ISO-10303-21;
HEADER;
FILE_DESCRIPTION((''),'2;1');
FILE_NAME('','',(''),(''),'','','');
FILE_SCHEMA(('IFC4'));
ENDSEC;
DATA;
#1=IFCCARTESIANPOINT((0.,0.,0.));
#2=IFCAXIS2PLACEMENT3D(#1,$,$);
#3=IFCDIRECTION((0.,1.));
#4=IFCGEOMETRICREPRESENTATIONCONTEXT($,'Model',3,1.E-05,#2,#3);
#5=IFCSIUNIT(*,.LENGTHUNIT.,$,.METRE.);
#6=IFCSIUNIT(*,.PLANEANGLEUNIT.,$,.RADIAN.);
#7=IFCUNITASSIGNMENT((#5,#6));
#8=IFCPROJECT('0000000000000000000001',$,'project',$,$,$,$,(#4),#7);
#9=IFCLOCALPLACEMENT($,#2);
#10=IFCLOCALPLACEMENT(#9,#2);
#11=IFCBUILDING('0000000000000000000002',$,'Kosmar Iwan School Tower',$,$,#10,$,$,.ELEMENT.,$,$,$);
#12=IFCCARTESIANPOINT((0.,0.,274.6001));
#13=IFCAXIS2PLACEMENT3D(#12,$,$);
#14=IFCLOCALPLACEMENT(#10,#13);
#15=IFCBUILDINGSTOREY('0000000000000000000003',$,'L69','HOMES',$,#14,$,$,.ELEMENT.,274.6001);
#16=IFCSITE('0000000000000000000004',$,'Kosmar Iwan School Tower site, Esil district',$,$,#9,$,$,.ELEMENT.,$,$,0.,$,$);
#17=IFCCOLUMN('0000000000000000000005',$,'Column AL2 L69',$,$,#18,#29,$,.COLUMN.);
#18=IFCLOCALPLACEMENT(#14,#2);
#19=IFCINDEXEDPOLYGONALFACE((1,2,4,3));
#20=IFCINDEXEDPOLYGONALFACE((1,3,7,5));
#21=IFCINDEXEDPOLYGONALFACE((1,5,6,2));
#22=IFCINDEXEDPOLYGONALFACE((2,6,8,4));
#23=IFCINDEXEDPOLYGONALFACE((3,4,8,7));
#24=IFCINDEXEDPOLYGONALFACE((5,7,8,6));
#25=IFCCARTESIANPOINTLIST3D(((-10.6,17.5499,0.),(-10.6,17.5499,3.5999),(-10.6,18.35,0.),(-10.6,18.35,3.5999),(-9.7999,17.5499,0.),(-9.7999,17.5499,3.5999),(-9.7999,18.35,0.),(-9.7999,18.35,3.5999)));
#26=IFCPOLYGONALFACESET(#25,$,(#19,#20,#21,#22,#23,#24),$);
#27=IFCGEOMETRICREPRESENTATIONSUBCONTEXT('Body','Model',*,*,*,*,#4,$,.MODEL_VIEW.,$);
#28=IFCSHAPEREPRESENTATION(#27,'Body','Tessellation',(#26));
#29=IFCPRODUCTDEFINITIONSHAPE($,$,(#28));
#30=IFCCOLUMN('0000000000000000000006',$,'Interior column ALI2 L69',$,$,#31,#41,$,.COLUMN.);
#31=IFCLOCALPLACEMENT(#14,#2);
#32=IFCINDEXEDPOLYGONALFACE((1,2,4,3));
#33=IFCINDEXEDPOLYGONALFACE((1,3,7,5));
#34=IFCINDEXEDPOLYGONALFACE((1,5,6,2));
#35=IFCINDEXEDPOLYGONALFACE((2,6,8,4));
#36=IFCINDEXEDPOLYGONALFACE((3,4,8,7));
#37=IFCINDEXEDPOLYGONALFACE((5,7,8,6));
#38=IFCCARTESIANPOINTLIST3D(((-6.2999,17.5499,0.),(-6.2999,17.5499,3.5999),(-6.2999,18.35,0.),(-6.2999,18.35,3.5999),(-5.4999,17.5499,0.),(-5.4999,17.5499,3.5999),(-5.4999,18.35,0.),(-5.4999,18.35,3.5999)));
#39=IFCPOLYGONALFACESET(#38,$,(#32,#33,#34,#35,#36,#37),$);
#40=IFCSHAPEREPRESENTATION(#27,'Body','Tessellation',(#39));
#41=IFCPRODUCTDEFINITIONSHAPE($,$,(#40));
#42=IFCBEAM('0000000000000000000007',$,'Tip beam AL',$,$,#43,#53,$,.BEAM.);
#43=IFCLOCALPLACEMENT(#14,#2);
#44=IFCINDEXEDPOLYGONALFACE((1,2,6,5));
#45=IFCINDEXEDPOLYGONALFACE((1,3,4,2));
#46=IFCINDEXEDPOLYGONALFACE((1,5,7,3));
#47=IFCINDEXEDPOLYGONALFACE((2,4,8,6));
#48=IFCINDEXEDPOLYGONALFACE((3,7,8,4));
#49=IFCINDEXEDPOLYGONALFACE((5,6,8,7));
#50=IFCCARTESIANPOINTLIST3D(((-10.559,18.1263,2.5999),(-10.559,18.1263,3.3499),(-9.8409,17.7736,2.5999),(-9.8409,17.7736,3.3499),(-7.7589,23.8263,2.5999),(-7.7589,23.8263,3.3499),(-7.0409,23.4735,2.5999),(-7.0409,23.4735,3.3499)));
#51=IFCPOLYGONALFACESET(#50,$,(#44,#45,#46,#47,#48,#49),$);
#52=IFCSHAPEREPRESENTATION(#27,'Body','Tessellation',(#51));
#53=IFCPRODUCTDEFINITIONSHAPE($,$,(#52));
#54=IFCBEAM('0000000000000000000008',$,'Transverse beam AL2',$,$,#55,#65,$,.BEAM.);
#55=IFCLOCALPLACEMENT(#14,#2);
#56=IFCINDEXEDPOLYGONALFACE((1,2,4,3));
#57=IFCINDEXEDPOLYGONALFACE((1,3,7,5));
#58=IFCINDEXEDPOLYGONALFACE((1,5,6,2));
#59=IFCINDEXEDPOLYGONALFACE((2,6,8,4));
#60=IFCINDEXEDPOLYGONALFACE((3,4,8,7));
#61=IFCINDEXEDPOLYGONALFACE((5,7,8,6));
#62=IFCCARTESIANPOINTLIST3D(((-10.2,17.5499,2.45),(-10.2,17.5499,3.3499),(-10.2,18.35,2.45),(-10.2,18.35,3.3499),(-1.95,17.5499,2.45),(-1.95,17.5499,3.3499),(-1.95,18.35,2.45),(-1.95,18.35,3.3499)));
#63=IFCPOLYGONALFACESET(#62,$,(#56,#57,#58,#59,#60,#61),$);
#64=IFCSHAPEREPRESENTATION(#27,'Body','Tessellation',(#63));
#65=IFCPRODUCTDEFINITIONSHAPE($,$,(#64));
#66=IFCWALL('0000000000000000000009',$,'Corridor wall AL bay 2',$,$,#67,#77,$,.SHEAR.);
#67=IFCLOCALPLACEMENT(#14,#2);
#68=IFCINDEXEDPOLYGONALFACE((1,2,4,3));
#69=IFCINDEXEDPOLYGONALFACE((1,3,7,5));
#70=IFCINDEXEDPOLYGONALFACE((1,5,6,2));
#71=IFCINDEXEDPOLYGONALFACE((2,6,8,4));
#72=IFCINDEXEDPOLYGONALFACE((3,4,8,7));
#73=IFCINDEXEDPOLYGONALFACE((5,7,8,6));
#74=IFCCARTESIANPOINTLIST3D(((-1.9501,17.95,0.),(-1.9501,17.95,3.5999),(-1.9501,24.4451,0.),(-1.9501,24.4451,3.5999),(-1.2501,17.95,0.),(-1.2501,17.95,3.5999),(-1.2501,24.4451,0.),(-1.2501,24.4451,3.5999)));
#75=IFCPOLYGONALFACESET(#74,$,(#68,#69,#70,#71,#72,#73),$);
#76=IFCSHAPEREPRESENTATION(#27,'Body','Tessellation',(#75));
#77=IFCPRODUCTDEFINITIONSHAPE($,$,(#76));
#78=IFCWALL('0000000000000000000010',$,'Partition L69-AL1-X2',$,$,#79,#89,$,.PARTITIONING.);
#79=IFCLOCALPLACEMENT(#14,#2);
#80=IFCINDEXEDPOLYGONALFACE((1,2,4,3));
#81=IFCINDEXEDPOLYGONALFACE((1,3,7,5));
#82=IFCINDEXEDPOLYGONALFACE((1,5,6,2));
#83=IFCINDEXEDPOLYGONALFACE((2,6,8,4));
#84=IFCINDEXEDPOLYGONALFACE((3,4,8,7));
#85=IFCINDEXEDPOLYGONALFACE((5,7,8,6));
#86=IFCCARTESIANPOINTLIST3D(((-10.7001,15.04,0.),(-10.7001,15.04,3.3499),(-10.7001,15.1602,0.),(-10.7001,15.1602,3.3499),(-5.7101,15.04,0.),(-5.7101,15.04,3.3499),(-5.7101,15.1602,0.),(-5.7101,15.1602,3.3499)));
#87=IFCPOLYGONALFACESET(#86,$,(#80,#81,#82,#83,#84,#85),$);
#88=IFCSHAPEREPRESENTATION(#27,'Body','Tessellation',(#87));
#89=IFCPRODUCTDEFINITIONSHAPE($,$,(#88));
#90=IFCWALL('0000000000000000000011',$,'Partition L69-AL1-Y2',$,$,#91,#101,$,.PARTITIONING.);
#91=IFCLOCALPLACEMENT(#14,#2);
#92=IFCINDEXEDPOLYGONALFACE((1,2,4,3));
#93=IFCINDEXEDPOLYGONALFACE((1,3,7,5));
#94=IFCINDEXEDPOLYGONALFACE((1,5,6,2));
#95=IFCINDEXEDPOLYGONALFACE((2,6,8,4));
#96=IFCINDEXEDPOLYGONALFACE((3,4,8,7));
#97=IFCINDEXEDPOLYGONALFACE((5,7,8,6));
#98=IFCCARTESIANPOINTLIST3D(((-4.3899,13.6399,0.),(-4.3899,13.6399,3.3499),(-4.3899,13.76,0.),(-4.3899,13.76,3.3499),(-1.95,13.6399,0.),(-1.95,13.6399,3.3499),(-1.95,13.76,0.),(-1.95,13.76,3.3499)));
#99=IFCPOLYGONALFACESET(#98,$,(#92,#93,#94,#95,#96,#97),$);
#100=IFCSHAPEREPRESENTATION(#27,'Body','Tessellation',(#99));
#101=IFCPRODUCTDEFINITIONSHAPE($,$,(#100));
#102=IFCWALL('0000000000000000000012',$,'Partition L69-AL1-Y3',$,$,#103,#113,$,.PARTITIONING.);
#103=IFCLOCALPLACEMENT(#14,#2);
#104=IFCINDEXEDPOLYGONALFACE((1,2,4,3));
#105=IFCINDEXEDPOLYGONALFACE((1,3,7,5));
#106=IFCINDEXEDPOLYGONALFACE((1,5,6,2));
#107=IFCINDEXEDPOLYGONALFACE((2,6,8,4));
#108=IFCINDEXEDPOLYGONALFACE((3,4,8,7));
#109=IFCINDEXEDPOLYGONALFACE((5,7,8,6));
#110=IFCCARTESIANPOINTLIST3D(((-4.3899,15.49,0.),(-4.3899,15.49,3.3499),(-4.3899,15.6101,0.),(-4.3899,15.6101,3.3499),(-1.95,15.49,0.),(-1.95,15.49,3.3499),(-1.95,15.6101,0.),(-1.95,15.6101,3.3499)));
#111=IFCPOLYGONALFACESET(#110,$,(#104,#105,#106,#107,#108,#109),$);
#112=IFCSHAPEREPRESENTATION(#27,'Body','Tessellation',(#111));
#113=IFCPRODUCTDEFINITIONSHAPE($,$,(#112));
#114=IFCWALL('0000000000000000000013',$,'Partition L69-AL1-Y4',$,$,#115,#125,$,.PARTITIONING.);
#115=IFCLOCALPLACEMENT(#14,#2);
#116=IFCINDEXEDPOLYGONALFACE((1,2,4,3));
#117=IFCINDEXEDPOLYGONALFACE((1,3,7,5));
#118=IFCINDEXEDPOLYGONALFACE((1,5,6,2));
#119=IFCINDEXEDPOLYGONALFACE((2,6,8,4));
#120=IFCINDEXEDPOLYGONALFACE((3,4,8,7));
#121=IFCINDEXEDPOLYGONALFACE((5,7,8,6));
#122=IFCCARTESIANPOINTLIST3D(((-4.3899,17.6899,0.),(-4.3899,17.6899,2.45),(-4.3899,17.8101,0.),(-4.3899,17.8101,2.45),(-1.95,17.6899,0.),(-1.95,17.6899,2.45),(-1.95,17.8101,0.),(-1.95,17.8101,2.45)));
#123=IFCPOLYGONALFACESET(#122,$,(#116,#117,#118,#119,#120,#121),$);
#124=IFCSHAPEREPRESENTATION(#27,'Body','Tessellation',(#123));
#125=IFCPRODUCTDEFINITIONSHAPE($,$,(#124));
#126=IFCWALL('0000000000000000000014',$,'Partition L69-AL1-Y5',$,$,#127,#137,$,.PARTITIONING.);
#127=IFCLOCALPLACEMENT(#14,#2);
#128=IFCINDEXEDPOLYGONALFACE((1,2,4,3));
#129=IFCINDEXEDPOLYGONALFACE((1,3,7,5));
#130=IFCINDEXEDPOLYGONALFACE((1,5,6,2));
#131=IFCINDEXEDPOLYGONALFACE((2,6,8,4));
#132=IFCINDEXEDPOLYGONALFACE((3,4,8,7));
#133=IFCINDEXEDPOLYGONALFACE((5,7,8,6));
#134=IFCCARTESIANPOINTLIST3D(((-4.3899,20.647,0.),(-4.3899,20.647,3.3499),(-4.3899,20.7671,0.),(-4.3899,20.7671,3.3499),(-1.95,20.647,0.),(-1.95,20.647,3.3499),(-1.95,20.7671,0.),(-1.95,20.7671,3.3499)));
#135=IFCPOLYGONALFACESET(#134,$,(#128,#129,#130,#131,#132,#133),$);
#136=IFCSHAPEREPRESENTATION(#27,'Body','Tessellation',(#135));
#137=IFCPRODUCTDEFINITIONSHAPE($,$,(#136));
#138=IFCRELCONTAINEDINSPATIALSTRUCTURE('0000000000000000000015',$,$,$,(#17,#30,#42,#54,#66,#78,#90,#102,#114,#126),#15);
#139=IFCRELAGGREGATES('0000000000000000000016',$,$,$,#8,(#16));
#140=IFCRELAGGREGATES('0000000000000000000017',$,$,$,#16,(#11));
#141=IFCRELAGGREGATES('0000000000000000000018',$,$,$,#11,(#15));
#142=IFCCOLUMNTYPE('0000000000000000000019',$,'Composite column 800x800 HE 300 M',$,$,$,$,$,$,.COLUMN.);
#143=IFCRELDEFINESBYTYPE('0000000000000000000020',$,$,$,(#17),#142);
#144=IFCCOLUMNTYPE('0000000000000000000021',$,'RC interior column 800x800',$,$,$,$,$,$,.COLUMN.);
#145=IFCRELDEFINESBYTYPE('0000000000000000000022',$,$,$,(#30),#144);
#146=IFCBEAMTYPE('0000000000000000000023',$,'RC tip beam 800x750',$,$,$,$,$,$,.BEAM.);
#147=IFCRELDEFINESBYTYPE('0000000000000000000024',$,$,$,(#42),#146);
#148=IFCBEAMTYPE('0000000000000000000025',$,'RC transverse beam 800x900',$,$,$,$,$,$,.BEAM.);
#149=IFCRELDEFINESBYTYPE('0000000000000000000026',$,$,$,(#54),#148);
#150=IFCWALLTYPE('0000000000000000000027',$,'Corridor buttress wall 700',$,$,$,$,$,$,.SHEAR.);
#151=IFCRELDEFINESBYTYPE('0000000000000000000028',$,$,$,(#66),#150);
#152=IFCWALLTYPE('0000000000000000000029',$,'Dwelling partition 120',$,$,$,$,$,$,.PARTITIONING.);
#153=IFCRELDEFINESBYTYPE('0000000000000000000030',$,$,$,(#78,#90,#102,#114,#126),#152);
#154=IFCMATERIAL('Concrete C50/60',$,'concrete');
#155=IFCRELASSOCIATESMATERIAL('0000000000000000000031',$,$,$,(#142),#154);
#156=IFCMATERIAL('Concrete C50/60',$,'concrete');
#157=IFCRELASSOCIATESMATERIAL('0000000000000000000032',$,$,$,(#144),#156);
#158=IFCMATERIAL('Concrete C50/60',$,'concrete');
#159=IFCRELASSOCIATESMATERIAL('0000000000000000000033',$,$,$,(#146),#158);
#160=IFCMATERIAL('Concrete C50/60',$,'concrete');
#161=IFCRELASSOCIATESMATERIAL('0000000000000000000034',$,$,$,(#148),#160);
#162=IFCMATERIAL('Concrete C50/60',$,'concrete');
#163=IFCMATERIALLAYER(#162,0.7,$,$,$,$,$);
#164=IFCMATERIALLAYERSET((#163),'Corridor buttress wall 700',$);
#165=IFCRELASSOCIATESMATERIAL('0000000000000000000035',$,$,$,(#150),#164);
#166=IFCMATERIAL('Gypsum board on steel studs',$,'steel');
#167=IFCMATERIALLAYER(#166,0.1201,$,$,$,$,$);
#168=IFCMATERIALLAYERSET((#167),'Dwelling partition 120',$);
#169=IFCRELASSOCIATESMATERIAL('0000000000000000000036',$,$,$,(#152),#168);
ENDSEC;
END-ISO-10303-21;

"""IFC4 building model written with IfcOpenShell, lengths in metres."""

from ifc_helpers import new_model, si_unit, direction, frame, frame_2d, origin, origin_2d, place, context, subcontext, project, spatial, rectangle, extrude, material, layer, layer_set, material_profile, profile_set, type_object, element, save


model = new_model("IFC4")

# Units and contexts
model_context = context("Model", 3, precision=1e-05, world=origin(), true_north=direction((0.0, 1.0)))
body_context = subcontext(model_context, "Body", "Model", "MODEL_VIEW")
ifc_project = project(units=[si_unit("LENGTHUNIT", "METRE"), si_unit("PLANEANGLEUNIT", "RADIAN")], contexts=[model_context])

# Site, building, storey
site_placement = place(None, origin())
site = spatial("IfcSite", under=ifc_project, at=site_placement, Name="Kosmar Iwan School Tower site, Esil district", CompositionType="ELEMENT", RefElevation=0.0)
building_placement = place(site_placement, origin())
building = spatial("IfcBuilding", under=site, at=building_placement, Name="Kosmar Iwan School Tower", CompositionType="ELEMENT")
storey_placement = place(building_placement, frame((0.0, 0.0, 274.6001)))
storey = spatial("IfcBuildingStorey", under=building, at=storey_placement, Name="L69", Description="HOMES", CompositionType="ELEMENT", Elevation=274.6001)

# Columns
ifc_material_1 = material(Name="Concrete C50/60", Category="concrete")
ifc_material_profile_1 = material_profile(ifc_material_1, rectangle(XDim=0.8, YDim=0.8, at=origin_2d()), Name="RC 800x800 + HE 300 M")
ifc_profile_set_1 = profile_set([ifc_material_profile_1], Name="Concrete C50/60")
column_type_1 = type_object("IfcColumnType", Name="Composite column 800x800 HE 300 M", PredefinedType="COLUMN", material=ifc_profile_set_1)
column_1_placement = place(storey_placement, frame((-10.2, 17.95, 0.0), z_axis=(0.0, 0.0, 1.0), x_axis=(0.0, 1.0, 0.0)))
element("IfcColumn", 1, at=column_1_placement, inside=storey, type_object=column_type_1, Name="Column AL2 L69", PredefinedType="COLUMN", context=body_context, shape_type="SweptSolid", body=[
    extrude(rectangle(XDim=0.8, YDim=0.8, at=origin_2d()), origin(), (0.0, 0.0, 1.0), 3.5999),
])
ifc_material_2 = material(Name="Concrete C50/60", Category="concrete")
ifc_material_profile_2 = material_profile(ifc_material_2, rectangle(XDim=0.8, YDim=0.8, at=origin_2d()), Name="RC 800x800")
ifc_profile_set_2 = profile_set([ifc_material_profile_2], Name="Concrete C50/60")
column_type_2 = type_object("IfcColumnType", Name="RC interior column 800x800", PredefinedType="COLUMN", material=ifc_profile_set_2)
column_2_placement = place(storey_placement, frame((-5.8999, 17.95, 0.0), z_axis=(0.0, 0.0, 1.0), x_axis=(0.0, 1.0, 0.0)))
element("IfcColumn", 2, at=column_2_placement, inside=storey, type_object=column_type_2, Name="Interior column ALI2 L69", PredefinedType="COLUMN", context=body_context, shape_type="SweptSolid", body=[
    extrude(rectangle(XDim=0.8, YDim=0.8, at=origin_2d()), origin(), (0.0, 0.0, 1.0), 3.5999),
])

# Beams
ifc_material_3 = material(Name="Concrete C50/60", Category="concrete")
ifc_material_profile_3 = material_profile(ifc_material_3, rectangle(XDim=0.8, YDim=0.75, at=origin_2d()), Name="RC 800x750")
ifc_profile_set_3 = profile_set([ifc_material_profile_3], Name="Concrete C50/60")
beam_type_1 = type_object("IfcBeamType", Name="RC tip beam 800x750", PredefinedType="BEAM", material=ifc_profile_set_3)
beam_1_placement = place(storey_placement, frame((-10.2, 17.95, 2.9749), z_axis=(0.440913, 0.89755, 0.0), x_axis=(-0.89755, 0.440913, 0.0)))
element("IfcBeam", 3, at=beam_1_placement, inside=storey, type_object=beam_type_1, Name="Tip beam AL", PredefinedType="BEAM", context=body_context, shape_type="SweptSolid", body=[
    extrude(rectangle(XDim=0.8, YDim=0.75, at=origin_2d()), origin(), (0.0, 0.0, 1.0), 6.3506),
])
ifc_material_4 = material(Name="Concrete C50/60", Category="concrete")
ifc_material_profile_4 = material_profile(ifc_material_4, rectangle(XDim=0.8, YDim=0.8999, at=origin_2d()), Name="RC 800x900")
ifc_profile_set_4 = profile_set([ifc_material_profile_4], Name="Concrete C50/60")
beam_type_2 = type_object("IfcBeamType", Name="RC transverse beam 800x900", PredefinedType="BEAM", material=ifc_profile_set_4)
beam_2_placement = place(storey_placement, frame((-10.2, 17.95, 2.8999), z_axis=(1.0, 0.0, 0.0), x_axis=(0.0, 1.0, 0.0)))
element("IfcBeam", 4, at=beam_2_placement, inside=storey, type_object=beam_type_2, Name="Transverse beam AL2", PredefinedType="BEAM", context=body_context, shape_type="SweptSolid", body=[
    extrude(rectangle(XDim=0.8, YDim=0.8999, at=origin_2d()), origin(), (0.0, 0.0, 1.0), 8.25),
])

# Walls
ifc_material_5 = material(Name="Concrete C50/60", Category="concrete")
ifc_layer_1 = layer(ifc_material_5, 0.7)
ifc_layer_set_1 = layer_set([ifc_layer_1], Name="Corridor buttress wall 700")
wall_type_1 = type_object("IfcWallType", Name="Corridor buttress wall 700", PredefinedType="SHEAR", material=ifc_layer_set_1)
wall_1_placement = place(storey_placement, frame((-1.6001, 17.95, 0.0), z_axis=(0.0, 0.0, 1.0), x_axis=(0.0, 1.0, 0.0)))
element("IfcWall", 5, at=wall_1_placement, inside=storey, type_object=wall_type_1, Name="Corridor wall AL bay 2", PredefinedType="SHEAR", context=body_context, shape_type="SweptSolid", body=[
    extrude(rectangle(XDim=6.4951, YDim=0.7, at=frame_2d((3.2476, 0.0))), origin(), (0.0, 0.0, 1.0), 3.5999),
])
ifc_material_6 = material(Name="Gypsum board on steel studs", Category="steel")
ifc_layer_2 = layer(ifc_material_6, 0.1201)
ifc_layer_set_2 = layer_set([ifc_layer_2], Name="Dwelling partition 120")
wall_type_2 = type_object("IfcWallType", Name="Dwelling partition 120", PredefinedType="PARTITIONING", material=ifc_layer_set_2)
wall_2_placement = place(storey_placement, frame((-5.71, 15.1001, 0.0), z_axis=(0.0, 0.0, 1.0), x_axis=(-1.0, 0.0, 0.0)))
element("IfcWall", 6, at=wall_2_placement, inside=storey, type_object=wall_type_2, Name="Partition L69-AL1-X2", PredefinedType="PARTITIONING", context=body_context, shape_type="SweptSolid", body=[
    extrude(rectangle(XDim=4.99, YDim=0.1201, at=frame_2d((2.4951, 0.0))), origin(), (0.0, 0.0, 1.0), 3.3499),
])
for number, where, z_axis, x_axis, name in (
    (7, (-1.95, 13.7, 0.0), (0.0, 0.0, 1.0), (-1.0, 0.0, 0.0), "Partition L69-AL1-Y2"),
    (8, (-1.95, 15.55, 0.0), (0.0, 0.0, 1.0), (-1.0, 0.0, 0.0), "Partition L69-AL1-Y3"),
):
    element("IfcWall", number, at=place(storey_placement, frame(where, z_axis=z_axis, x_axis=x_axis)), inside=storey, type_object=wall_type_2, Name=name, PredefinedType="PARTITIONING", context=body_context, shape_type="SweptSolid", body=[
        extrude(rectangle(XDim=2.4399, YDim=0.1201, at=frame_2d((1.22, 0.0))), origin(), (0.0, 0.0, 1.0), 3.3499),
    ])
wall_3_placement = place(storey_placement, frame((-1.95, 17.75, 0.0), z_axis=(0.0, 0.0, 1.0), x_axis=(-1.0, 0.0, 0.0)))
element("IfcWall", 9, at=wall_3_placement, inside=storey, type_object=wall_type_2, Name="Partition L69-AL1-Y4", PredefinedType="PARTITIONING", context=body_context, shape_type="SweptSolid", body=[
    extrude(rectangle(XDim=2.4399, YDim=0.1201, at=frame_2d((1.22, 0.0))), origin(), (0.0, 0.0, 1.0), 2.45),
])
wall_4_placement = place(storey_placement, frame((-1.95, 20.707, 0.0), z_axis=(0.0, 0.0, 1.0), x_axis=(-1.0, 0.0, 0.0)))
element("IfcWall", 10, at=wall_4_placement, inside=storey, type_object=wall_type_2, Name="Partition L69-AL1-Y5", PredefinedType="PARTITIONING", context=body_context, shape_type="SweptSolid", body=[
    extrude(rectangle(XDim=2.4399, YDim=0.1201, at=frame_2d((1.22, 0.0))), origin(), (0.0, 0.0, 1.0), 3.3499),
])

save(model, "model.ifc")
